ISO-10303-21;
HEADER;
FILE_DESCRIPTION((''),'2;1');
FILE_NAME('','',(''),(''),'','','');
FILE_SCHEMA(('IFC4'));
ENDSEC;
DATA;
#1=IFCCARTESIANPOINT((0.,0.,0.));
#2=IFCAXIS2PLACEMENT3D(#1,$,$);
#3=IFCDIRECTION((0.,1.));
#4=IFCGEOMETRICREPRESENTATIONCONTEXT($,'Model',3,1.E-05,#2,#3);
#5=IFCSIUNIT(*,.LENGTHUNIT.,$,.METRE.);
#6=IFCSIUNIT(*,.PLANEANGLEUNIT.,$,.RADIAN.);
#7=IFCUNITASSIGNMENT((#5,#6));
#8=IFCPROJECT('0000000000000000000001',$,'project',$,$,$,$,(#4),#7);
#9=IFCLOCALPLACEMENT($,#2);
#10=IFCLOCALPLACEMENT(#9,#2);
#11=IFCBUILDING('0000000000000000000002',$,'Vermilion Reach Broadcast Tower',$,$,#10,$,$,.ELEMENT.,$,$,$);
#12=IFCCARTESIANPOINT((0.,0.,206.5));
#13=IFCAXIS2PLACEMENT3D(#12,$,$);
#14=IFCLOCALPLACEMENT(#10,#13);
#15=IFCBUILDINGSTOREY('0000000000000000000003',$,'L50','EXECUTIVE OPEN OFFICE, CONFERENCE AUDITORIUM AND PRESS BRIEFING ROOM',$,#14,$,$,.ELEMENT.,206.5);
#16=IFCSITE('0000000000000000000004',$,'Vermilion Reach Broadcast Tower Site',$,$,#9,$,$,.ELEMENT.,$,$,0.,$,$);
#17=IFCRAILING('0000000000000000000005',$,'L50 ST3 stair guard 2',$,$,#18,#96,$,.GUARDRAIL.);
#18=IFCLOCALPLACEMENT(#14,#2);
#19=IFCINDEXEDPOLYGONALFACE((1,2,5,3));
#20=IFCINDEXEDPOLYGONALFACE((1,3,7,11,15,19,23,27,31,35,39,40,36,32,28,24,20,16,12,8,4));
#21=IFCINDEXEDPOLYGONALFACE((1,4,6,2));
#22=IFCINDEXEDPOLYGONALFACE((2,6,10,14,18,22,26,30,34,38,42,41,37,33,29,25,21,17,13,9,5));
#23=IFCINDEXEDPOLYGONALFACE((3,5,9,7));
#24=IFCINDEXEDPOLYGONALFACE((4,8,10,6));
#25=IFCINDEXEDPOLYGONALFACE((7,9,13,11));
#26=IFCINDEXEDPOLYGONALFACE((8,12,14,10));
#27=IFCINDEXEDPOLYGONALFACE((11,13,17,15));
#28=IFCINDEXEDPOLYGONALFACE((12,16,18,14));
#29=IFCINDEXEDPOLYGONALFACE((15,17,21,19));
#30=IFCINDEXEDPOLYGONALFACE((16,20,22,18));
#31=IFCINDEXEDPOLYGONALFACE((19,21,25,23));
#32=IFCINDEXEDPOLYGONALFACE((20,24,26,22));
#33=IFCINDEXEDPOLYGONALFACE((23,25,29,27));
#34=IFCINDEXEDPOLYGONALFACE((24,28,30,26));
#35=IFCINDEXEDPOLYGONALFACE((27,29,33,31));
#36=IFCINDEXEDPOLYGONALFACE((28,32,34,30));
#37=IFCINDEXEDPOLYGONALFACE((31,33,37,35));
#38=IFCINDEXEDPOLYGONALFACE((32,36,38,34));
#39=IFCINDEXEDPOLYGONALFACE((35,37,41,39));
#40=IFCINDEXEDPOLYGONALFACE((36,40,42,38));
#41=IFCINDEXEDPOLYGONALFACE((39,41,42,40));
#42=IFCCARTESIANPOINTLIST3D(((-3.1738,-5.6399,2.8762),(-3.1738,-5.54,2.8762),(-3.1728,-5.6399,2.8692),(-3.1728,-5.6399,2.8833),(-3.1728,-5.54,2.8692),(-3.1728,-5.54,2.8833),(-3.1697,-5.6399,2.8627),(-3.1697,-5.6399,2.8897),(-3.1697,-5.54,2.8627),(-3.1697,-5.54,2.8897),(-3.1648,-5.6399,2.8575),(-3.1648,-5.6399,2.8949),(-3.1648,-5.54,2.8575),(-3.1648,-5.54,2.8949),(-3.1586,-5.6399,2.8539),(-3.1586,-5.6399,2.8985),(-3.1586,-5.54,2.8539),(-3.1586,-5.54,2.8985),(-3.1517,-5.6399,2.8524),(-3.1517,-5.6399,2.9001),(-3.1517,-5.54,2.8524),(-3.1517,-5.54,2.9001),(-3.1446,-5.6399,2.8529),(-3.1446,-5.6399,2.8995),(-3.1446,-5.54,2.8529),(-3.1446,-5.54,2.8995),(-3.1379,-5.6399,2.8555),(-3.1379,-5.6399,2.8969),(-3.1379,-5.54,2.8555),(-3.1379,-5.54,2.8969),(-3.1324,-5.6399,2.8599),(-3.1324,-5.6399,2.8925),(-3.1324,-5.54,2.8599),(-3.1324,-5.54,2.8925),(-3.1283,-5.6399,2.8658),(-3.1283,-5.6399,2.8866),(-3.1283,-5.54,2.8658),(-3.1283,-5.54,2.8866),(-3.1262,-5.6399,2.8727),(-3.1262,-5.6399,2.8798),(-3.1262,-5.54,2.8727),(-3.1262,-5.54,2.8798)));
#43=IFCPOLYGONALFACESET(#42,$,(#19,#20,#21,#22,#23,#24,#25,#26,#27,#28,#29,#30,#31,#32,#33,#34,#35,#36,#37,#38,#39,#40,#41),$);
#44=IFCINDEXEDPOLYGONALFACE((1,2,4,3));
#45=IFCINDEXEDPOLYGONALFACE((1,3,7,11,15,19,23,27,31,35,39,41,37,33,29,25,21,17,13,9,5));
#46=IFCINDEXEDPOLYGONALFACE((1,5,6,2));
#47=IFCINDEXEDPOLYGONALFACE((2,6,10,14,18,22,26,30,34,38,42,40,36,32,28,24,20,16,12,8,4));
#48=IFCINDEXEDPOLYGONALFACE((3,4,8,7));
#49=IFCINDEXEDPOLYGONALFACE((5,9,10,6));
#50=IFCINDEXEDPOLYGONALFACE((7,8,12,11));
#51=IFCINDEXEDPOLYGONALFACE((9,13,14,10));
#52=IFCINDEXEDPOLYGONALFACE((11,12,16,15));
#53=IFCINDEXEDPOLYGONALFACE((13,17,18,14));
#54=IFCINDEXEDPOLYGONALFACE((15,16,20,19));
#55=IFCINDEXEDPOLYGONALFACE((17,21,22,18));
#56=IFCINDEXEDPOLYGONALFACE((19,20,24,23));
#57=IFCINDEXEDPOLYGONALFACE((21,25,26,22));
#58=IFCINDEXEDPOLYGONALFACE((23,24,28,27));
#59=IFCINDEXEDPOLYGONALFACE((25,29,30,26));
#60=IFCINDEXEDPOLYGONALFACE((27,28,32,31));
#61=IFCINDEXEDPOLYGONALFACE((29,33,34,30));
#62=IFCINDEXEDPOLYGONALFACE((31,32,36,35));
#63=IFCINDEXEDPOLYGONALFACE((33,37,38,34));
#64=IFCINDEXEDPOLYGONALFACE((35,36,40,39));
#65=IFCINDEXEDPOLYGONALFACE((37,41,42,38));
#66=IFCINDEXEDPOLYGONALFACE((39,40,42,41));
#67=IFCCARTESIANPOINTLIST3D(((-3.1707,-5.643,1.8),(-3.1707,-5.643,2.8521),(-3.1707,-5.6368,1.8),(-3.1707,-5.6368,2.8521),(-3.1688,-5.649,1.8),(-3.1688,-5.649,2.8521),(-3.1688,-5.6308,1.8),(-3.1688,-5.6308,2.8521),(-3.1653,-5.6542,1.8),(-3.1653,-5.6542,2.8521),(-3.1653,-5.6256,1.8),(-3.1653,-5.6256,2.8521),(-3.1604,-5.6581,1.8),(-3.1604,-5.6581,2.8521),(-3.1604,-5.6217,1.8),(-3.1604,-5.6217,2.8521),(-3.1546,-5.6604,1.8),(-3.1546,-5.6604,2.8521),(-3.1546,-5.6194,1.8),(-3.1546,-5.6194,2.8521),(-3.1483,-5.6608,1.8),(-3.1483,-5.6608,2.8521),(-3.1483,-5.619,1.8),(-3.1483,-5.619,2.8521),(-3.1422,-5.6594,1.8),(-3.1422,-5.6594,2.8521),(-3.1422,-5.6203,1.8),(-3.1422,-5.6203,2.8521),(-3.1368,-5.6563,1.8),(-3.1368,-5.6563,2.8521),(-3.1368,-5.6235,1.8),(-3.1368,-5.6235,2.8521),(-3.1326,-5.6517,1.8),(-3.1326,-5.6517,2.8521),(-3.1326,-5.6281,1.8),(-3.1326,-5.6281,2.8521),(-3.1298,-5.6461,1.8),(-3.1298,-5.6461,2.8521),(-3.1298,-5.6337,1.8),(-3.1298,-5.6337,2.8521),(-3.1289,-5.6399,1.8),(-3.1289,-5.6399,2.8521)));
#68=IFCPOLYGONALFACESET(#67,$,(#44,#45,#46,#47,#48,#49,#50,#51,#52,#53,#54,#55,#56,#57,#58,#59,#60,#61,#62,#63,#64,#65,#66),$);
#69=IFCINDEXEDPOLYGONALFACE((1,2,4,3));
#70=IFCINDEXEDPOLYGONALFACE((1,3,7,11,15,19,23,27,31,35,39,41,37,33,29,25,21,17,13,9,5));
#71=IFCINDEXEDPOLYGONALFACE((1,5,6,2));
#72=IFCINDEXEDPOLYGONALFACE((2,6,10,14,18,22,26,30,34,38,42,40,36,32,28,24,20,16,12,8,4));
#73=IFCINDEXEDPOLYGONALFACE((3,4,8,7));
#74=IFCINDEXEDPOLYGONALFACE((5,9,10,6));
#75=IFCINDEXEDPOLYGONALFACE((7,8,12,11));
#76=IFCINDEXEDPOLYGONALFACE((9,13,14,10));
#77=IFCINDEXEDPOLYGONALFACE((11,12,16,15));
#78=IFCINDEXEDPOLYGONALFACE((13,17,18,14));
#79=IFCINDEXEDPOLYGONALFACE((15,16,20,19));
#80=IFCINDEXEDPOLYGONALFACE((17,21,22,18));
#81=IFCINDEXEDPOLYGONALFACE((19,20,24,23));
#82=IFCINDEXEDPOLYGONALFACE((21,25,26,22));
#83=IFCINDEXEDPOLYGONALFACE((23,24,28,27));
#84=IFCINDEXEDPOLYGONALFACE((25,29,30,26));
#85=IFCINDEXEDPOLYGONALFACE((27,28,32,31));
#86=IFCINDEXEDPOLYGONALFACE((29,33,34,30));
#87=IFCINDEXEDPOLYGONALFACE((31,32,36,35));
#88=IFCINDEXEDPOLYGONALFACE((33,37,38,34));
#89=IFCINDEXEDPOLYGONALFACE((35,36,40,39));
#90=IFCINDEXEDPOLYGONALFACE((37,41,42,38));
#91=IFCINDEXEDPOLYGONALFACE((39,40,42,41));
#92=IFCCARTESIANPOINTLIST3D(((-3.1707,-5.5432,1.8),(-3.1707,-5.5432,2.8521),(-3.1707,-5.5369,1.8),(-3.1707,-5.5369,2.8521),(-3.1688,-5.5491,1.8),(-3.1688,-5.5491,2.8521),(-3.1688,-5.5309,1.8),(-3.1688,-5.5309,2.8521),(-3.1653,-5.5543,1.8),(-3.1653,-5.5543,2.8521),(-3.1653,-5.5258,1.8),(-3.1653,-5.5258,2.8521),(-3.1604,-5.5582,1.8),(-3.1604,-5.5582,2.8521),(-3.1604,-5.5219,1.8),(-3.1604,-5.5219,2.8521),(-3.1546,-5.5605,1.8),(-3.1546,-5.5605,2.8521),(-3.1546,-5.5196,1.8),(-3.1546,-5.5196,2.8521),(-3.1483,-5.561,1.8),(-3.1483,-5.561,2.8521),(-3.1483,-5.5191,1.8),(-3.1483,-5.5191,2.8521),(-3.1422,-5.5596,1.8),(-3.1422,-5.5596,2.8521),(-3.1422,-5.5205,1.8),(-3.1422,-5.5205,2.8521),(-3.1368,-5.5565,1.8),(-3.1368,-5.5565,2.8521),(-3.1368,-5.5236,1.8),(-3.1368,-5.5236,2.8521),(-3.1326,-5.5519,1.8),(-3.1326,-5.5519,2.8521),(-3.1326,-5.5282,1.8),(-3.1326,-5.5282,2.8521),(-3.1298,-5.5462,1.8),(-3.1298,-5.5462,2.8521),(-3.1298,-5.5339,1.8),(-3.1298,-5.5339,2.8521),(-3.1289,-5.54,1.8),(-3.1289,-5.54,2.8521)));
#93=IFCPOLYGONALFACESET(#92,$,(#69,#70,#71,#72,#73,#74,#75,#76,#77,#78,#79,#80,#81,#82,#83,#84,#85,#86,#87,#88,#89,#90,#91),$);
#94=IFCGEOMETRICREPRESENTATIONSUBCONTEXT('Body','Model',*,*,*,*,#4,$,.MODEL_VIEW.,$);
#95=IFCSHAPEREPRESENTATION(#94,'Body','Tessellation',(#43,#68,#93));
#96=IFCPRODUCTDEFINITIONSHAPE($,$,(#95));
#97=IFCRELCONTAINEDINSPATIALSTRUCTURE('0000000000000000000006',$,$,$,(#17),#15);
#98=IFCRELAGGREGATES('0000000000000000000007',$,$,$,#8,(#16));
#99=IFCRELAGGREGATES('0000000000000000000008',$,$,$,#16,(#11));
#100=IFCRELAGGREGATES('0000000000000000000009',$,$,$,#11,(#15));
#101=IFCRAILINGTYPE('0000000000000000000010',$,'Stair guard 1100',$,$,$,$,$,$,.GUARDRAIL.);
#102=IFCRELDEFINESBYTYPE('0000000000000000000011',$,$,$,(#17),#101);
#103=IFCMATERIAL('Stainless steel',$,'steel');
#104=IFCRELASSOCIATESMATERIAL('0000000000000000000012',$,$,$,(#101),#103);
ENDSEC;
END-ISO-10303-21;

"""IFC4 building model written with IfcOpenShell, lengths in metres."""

from ifc_helpers import new_model, si_unit, direction, frame, origin, origin_2d, place, context, subcontext, project, spatial, circle, extrude, material, type_object, element, save


model = new_model("IFC4")

# Units and contexts
model_context = context("Model", 3, precision=1e-05, world=origin(), true_north=direction((0.0, 1.0)))
body_context = subcontext(model_context, "Body", "Model", "MODEL_VIEW")
ifc_project = project(units=[si_unit("LENGTHUNIT", "METRE"), si_unit("PLANEANGLEUNIT", "RADIAN")], contexts=[model_context])

# Site, building, storey
site_placement = place(None, origin())
site = spatial("IfcSite", under=ifc_project, at=site_placement, Name="Vermilion Reach Broadcast Tower Site", CompositionType="ELEMENT", RefElevation=0.0)
building_placement = place(site_placement, origin())
building = spatial("IfcBuilding", under=site, at=building_placement, Name="Vermilion Reach Broadcast Tower", CompositionType="ELEMENT")
storey_placement = place(building_placement, frame((0.0, 0.0, 206.5)))
storey = spatial("IfcBuildingStorey", under=building, at=storey_placement, Name="L50", Description="EXECUTIVE OPEN OFFICE, CONFERENCE AUDITORIUM AND PRESS BRIEFING ROOM", CompositionType="ELEMENT", Elevation=206.5)

# Railing
ifc_material_1 = material(Name="Stainless steel", Category="steel")
railing_type_1 = type_object("IfcRailingType", Name="Stair guard 1100", PredefinedType="GUARDRAIL", material=ifc_material_1)
railing_1_placement = place(storey_placement, frame((-3.1499, -5.6399, 1.8)))
element("IfcRailing", 1, at=railing_1_placement, inside=storey, type_object=railing_type_1, Name="L50 ST3 stair guard 2", PredefinedType="GUARDRAIL", context=body_context, shape_type="SweptSolid", body=[
    extrude(circle(Radius=0.0239, at=origin_2d()), frame((0.0, 0.0, 1.0762), z_axis=(0.0, 1.0, 0.0), x_axis=(-1.0, 0.0, 0.0)), (0.0, 0.0, 1.0), 0.0999),
    extrude(circle(Radius=0.021, at=origin_2d()), origin(), (0.0, 0.0, 1.0), 1.052),
    extrude(circle(Radius=0.021, at=origin_2d()), frame((0.0, 0.0999, 0.0)), (0.0, 0.0, 1.0), 1.052),
])

save(model, "model.ifc")
